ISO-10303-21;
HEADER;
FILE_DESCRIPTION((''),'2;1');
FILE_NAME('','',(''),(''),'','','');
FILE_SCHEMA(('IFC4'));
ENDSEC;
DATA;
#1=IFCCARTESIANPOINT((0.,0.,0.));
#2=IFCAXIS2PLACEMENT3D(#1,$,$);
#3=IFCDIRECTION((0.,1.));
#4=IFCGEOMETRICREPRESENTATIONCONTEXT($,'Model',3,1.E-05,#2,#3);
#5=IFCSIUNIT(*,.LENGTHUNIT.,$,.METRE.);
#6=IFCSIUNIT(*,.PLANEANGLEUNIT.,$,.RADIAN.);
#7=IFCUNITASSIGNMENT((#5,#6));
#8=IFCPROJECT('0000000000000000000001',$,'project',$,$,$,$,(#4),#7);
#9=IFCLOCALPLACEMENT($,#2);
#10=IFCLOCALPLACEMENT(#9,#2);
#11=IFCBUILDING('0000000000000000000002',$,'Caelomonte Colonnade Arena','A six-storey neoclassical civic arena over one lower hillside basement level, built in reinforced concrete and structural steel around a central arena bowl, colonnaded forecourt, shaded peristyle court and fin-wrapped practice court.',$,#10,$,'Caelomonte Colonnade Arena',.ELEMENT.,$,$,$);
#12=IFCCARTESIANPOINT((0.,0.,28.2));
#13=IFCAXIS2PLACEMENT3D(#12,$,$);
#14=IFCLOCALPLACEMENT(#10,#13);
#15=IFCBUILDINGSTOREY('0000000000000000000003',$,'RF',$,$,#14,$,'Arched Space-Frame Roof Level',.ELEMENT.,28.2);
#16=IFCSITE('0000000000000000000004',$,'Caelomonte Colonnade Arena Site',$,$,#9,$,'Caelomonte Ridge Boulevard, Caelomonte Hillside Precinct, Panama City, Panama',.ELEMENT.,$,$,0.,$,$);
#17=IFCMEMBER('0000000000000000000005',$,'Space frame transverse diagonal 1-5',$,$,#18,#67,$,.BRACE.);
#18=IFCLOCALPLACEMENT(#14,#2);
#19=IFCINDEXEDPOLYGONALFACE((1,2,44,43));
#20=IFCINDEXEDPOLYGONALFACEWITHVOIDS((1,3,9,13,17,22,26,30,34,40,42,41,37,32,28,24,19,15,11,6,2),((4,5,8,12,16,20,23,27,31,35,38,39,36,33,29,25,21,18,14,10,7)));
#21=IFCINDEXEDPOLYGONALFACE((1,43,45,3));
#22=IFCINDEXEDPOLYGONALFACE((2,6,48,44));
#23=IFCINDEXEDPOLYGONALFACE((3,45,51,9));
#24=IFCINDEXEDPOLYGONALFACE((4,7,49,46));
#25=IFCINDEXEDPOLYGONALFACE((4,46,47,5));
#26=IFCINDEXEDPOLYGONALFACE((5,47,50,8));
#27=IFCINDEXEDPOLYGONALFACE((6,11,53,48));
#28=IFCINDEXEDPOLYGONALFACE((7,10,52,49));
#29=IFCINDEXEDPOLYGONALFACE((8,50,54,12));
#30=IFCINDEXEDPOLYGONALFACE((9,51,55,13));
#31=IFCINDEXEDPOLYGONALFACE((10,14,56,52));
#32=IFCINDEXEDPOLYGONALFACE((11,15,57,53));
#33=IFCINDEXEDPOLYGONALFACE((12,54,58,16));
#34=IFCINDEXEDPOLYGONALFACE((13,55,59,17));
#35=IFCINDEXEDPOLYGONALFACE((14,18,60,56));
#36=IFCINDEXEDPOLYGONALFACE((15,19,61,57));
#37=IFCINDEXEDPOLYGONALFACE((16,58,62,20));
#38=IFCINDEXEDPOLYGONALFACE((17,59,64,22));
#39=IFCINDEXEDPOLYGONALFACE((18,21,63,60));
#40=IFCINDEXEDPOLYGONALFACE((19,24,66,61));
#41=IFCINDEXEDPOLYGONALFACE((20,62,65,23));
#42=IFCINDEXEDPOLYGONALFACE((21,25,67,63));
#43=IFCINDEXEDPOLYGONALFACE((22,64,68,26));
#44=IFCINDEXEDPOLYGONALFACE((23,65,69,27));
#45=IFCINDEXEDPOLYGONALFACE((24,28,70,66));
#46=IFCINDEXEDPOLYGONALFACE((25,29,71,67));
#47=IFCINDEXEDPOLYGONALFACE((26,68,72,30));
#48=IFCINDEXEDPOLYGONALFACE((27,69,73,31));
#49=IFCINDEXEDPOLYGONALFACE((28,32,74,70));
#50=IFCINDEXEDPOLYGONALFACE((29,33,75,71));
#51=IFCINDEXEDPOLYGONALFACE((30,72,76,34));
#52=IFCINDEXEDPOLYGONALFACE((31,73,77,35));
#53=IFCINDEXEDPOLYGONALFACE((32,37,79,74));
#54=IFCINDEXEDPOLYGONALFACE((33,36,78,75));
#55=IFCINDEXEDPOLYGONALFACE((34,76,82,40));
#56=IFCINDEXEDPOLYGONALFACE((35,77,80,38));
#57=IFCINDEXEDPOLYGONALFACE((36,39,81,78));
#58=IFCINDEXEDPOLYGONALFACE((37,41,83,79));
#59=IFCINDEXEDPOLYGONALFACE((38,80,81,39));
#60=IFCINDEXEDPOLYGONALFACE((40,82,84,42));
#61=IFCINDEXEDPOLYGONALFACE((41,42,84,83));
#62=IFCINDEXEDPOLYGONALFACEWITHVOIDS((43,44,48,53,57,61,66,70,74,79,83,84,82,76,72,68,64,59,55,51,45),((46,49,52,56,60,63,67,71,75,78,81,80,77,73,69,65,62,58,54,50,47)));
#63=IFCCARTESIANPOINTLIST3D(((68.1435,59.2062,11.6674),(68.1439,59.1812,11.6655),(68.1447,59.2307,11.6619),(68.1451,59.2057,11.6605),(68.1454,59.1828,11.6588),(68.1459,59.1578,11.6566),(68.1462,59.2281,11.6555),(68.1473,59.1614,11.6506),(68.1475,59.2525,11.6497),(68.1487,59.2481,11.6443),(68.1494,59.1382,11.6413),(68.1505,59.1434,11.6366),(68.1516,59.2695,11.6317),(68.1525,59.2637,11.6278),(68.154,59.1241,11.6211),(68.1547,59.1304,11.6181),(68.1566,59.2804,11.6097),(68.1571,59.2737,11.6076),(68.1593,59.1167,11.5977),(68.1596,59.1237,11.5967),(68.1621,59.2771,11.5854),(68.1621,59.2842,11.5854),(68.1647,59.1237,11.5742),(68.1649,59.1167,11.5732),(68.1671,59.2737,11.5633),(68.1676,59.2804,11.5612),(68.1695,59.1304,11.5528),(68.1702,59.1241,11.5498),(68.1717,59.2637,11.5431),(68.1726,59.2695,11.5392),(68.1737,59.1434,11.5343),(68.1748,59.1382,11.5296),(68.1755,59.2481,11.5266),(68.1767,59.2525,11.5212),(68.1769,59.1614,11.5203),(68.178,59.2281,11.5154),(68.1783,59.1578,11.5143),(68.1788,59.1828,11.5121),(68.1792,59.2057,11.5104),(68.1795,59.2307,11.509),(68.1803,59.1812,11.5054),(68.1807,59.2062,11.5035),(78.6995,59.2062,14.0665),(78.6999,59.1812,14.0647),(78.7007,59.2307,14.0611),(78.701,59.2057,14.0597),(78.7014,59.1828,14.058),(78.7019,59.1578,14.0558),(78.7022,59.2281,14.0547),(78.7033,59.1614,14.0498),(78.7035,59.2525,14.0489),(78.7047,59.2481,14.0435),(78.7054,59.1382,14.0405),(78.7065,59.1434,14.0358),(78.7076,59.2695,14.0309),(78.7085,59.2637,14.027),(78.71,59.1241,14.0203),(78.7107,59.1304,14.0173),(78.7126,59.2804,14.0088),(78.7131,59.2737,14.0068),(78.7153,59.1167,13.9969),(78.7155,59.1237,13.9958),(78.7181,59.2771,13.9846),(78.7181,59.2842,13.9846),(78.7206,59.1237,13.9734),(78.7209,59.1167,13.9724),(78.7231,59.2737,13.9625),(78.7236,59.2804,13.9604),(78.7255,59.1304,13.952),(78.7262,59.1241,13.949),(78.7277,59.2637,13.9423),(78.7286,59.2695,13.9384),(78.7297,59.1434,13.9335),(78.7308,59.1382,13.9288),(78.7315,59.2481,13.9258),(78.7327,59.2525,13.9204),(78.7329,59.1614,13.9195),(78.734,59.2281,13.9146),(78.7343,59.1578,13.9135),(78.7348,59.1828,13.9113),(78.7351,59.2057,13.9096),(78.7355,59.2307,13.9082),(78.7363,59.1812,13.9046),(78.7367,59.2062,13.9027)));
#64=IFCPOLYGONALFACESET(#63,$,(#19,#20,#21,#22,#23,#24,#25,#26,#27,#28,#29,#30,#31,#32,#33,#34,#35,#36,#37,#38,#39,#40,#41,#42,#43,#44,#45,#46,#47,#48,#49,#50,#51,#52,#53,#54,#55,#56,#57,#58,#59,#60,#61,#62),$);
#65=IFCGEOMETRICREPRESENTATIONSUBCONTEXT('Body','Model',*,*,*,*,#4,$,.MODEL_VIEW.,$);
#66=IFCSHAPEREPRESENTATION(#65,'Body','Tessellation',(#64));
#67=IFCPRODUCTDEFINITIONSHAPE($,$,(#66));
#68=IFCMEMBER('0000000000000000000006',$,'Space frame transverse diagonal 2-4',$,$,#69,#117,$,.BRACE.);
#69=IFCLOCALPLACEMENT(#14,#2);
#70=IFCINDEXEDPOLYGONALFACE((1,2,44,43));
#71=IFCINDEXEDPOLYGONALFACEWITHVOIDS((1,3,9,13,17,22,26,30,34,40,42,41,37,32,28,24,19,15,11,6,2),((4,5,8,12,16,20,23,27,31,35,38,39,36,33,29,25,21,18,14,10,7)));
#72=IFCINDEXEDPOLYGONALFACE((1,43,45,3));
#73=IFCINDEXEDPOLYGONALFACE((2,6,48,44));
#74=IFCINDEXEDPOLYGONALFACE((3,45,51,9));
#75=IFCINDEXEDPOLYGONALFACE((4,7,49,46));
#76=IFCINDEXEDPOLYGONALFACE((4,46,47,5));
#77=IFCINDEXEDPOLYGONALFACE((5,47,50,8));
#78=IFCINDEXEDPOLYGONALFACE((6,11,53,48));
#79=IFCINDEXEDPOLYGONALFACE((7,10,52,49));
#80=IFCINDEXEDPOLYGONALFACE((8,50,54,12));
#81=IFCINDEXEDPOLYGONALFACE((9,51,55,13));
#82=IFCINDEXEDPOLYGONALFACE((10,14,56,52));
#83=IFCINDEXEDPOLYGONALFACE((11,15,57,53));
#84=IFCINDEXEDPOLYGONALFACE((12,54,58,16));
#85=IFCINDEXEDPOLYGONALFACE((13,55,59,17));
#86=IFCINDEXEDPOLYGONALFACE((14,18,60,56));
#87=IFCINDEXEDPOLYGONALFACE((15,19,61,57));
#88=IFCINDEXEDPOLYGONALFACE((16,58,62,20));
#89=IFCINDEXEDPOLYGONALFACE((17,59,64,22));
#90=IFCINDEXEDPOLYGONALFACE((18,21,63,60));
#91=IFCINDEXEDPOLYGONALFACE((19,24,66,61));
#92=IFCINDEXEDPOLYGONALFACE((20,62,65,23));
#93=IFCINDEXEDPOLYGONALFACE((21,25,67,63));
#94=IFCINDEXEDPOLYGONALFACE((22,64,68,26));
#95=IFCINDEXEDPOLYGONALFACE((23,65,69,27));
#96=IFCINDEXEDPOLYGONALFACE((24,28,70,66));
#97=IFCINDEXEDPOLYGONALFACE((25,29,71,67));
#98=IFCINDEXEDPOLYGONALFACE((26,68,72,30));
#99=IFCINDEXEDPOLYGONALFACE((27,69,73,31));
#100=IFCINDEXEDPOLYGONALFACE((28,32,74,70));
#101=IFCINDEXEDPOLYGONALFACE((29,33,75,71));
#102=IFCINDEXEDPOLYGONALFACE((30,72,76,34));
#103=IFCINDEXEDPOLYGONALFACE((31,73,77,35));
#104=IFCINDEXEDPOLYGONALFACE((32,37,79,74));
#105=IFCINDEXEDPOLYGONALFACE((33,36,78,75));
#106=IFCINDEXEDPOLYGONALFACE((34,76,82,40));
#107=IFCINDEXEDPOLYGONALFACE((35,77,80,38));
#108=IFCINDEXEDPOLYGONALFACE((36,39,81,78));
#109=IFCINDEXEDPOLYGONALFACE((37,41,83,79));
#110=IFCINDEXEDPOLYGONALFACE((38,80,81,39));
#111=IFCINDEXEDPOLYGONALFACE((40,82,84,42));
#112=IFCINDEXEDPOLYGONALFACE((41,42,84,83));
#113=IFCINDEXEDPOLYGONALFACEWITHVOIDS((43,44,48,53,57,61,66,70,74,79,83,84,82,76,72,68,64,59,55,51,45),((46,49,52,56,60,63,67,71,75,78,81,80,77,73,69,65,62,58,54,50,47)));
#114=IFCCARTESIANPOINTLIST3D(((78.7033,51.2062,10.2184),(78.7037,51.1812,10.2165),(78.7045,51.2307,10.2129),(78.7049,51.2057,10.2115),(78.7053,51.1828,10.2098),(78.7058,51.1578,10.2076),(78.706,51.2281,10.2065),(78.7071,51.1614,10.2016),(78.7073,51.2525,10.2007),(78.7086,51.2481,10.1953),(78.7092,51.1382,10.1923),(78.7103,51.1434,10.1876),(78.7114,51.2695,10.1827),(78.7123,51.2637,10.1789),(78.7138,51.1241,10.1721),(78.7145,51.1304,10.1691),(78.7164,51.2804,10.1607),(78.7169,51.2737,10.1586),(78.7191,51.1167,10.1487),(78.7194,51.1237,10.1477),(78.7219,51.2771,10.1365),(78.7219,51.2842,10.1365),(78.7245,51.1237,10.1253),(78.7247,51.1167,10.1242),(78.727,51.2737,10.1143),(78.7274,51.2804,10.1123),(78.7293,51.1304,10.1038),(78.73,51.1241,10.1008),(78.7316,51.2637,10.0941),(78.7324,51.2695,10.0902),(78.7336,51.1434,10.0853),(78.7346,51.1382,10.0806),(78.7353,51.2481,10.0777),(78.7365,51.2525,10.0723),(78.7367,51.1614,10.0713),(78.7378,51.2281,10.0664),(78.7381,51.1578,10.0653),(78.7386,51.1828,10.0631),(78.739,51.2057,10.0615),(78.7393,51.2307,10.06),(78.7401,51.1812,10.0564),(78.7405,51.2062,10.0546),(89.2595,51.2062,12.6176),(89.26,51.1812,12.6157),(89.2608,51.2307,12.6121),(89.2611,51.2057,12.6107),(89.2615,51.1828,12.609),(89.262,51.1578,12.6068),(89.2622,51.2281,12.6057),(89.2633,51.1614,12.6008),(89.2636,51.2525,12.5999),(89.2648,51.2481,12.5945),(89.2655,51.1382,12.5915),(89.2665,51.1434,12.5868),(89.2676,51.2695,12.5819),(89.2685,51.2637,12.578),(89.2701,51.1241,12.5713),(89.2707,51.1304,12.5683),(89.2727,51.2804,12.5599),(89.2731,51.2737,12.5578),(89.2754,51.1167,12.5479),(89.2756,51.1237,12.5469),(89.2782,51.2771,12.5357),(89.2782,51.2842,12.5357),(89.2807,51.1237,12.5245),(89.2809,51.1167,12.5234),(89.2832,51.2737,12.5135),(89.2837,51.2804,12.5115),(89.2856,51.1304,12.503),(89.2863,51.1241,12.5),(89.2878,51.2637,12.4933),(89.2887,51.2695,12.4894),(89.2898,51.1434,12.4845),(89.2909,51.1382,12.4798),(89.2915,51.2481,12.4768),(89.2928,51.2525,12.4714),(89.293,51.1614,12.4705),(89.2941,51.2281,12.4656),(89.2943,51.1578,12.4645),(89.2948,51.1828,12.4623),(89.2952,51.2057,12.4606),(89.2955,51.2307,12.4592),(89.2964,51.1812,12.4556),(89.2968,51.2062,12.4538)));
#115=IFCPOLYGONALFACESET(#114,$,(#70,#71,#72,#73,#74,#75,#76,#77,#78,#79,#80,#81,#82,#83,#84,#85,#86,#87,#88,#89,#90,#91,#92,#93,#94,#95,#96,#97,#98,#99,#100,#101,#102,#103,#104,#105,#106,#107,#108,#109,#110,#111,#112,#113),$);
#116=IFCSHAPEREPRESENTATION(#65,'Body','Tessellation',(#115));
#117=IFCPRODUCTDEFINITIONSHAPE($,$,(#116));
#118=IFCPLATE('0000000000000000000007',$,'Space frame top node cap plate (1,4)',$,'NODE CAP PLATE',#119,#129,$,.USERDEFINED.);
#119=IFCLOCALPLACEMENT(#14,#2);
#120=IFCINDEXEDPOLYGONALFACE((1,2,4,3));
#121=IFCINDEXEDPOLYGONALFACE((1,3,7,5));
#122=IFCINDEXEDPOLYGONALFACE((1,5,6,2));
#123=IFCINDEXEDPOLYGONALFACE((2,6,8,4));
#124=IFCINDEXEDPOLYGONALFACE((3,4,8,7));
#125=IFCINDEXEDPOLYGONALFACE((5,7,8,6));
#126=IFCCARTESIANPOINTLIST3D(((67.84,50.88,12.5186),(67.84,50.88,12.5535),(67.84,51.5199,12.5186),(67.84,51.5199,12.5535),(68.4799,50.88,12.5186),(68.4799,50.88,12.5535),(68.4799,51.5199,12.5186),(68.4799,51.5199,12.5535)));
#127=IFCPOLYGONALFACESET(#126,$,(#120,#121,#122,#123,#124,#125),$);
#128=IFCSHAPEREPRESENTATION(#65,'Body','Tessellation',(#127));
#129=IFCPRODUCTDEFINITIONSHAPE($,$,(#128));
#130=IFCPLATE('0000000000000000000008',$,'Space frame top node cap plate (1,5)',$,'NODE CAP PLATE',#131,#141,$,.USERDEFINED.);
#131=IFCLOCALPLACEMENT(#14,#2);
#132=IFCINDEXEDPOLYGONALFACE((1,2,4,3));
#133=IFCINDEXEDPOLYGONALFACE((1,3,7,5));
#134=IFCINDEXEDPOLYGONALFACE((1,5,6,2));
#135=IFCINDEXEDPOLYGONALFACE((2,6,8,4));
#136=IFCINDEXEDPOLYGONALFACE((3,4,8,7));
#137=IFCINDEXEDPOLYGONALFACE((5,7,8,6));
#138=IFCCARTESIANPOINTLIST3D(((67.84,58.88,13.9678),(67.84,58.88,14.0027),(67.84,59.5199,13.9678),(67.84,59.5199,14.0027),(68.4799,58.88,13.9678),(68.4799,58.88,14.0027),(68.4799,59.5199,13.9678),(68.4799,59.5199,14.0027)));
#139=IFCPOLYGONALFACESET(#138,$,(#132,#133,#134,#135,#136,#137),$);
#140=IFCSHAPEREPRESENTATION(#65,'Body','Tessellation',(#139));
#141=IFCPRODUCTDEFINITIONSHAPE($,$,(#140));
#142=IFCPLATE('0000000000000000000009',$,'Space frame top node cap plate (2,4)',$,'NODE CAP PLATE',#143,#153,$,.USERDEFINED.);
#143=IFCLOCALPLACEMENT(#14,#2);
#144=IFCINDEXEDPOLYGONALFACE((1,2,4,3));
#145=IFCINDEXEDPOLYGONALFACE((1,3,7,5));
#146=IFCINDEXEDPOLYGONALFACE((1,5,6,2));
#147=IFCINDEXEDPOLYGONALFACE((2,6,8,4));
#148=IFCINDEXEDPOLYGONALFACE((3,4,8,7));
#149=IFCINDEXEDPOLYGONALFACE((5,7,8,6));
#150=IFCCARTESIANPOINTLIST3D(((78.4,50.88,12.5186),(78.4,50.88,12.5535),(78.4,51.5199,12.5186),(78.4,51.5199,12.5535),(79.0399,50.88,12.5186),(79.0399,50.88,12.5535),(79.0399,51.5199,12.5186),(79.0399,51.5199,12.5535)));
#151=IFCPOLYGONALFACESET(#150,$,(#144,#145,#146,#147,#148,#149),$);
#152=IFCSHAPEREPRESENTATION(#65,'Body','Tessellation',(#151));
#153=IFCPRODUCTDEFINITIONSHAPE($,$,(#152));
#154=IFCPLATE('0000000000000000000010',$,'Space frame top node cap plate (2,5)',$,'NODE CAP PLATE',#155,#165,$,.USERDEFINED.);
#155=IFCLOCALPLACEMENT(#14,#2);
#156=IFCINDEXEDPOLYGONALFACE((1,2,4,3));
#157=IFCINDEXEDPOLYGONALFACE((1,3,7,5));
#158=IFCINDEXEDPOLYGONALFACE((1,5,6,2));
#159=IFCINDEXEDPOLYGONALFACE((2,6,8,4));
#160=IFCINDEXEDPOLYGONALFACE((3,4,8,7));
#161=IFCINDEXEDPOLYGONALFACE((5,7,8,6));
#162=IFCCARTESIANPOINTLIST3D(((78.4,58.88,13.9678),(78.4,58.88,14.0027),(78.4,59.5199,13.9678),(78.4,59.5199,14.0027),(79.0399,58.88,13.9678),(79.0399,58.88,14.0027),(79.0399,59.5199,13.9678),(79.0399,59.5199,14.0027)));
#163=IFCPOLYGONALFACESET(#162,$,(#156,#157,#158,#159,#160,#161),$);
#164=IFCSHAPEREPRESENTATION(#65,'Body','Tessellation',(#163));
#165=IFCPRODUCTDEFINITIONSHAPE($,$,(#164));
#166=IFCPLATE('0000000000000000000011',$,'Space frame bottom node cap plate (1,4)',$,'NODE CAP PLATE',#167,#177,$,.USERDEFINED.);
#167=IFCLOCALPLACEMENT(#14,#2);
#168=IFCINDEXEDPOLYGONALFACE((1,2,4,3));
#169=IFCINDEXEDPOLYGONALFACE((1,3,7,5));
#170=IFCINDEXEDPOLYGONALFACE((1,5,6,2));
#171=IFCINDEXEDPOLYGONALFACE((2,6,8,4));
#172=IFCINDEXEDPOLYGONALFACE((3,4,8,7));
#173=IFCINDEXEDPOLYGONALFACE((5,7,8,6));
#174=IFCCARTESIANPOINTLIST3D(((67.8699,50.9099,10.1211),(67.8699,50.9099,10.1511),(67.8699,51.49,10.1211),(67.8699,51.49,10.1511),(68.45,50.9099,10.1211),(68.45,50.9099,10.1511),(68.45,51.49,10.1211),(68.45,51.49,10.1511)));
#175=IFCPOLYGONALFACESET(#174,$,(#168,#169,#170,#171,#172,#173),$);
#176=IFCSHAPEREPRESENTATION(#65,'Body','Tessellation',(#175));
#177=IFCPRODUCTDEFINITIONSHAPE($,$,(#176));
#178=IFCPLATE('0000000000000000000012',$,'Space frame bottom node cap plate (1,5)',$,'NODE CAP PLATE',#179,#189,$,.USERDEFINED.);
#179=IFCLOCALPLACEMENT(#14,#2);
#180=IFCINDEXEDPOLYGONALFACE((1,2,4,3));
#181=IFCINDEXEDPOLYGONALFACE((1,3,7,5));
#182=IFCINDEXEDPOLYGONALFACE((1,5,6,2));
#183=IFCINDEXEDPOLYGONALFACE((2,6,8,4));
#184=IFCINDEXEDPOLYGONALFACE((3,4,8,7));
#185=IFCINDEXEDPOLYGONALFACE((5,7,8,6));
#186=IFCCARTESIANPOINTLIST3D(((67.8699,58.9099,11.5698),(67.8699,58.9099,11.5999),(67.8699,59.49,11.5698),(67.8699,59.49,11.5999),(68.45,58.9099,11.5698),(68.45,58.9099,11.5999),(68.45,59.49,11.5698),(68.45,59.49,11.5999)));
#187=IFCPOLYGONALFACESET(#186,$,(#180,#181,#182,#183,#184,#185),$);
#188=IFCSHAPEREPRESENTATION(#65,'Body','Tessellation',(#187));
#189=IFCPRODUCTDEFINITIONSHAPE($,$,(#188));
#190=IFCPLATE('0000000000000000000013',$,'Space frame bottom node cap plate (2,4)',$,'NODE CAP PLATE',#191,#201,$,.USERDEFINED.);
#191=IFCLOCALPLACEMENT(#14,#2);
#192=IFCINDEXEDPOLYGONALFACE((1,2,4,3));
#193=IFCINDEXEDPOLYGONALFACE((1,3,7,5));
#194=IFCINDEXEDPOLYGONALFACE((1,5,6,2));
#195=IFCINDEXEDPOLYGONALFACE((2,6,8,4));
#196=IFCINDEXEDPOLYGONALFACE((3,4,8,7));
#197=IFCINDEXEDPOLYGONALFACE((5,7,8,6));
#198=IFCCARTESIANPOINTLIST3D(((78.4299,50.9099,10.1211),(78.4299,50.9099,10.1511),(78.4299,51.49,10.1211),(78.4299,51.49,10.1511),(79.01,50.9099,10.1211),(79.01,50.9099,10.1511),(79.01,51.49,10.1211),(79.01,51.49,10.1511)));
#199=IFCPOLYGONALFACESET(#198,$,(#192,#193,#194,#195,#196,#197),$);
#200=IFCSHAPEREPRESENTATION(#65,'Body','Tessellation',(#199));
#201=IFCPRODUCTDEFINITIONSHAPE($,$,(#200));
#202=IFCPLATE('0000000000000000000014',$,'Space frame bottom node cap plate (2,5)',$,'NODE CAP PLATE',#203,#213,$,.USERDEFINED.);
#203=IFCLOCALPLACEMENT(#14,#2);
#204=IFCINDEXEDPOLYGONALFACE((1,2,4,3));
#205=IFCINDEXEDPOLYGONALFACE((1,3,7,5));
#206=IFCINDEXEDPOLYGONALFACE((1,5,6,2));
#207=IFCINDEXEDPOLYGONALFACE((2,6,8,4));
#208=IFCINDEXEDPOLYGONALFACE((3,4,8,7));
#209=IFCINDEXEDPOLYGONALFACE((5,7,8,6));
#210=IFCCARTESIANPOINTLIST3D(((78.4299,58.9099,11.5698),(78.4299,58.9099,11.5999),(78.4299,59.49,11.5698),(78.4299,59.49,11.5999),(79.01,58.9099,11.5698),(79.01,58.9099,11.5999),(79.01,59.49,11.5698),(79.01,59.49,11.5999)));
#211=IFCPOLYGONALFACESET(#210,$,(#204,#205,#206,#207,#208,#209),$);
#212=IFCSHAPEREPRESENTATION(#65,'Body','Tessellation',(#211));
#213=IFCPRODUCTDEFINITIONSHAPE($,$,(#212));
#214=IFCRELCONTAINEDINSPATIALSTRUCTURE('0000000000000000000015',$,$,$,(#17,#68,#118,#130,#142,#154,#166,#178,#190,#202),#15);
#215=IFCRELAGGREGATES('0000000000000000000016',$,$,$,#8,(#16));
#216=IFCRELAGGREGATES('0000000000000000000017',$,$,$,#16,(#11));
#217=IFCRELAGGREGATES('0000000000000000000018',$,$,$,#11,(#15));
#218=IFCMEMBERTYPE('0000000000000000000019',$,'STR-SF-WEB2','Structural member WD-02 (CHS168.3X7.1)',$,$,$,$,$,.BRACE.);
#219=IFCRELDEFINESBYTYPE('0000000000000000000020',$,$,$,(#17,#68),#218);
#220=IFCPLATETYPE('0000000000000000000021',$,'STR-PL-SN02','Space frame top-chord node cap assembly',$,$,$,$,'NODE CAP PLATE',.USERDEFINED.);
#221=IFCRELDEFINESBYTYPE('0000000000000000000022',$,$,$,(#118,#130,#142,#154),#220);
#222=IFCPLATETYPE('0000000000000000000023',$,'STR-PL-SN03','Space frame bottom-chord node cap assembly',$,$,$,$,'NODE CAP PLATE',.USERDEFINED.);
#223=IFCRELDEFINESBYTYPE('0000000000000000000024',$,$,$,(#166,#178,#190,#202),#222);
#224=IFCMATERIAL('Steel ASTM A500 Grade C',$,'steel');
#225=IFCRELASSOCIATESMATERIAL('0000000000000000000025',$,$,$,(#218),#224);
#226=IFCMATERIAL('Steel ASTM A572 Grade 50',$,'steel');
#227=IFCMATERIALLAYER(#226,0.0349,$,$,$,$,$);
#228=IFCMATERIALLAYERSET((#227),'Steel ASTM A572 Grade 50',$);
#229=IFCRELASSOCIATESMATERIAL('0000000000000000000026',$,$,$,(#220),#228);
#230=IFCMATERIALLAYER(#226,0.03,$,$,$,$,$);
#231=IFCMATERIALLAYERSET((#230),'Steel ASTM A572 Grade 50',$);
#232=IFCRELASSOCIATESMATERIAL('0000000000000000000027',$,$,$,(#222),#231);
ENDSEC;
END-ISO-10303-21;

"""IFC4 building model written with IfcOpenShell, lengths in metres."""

from ifc_helpers import new_model, si_unit, direction, frame, origin, origin_2d, place, context, subcontext, project, spatial, rectangle, hollow_circle, extrude, material, layer, layer_set, material_profile, profile_set, type_object, element, save


model = new_model("IFC4")

# Units and contexts
model_context = context("Model", 3, precision=1e-05, world=origin(), true_north=direction((0.0, 1.0)))
body_context = subcontext(model_context, "Body", "Model", "MODEL_VIEW")
ifc_project = project(units=[si_unit("LENGTHUNIT", "METRE"), si_unit("PLANEANGLEUNIT", "RADIAN")], contexts=[model_context])

# Site, building, storey
site_placement = place(None, origin())
site = spatial("IfcSite", under=ifc_project, at=site_placement, Name="Caelomonte Colonnade Arena Site", LongName="Caelomonte Ridge Boulevard, Caelomonte Hillside Precinct, Panama City, Panama", CompositionType="ELEMENT", RefElevation=0.0)
building_placement = place(site_placement, origin())
building = spatial("IfcBuilding", under=site, at=building_placement, Name="Caelomonte Colonnade Arena", Description="A six-storey neoclassical civic arena over one lower hillside basement level, built in reinforced concrete and structural steel around a central arena bowl, colonnaded forecourt, shaded peristyle court and fin-wrapped practice court.", LongName="Caelomonte Colonnade Arena", CompositionType="ELEMENT")
storey_placement = place(building_placement, frame((0.0, 0.0, 28.2)))
storey = spatial("IfcBuildingStorey", under=building, at=storey_placement, Name="RF", LongName="Arched Space-Frame Roof Level", CompositionType="ELEMENT", Elevation=28.2)

# Members
ifc_material_1 = material(Name="Steel ASTM A500 Grade C", Category="steel")
ifc_material_profile_1 = material_profile(ifc_material_1, hollow_circle(Radius=0.0842, WallThickness=0.0071, at=origin_2d()), Name="CHS168.3X7.1")
ifc_profile_set_1 = profile_set([ifc_material_profile_1], Name="Steel ASTM A500 Grade C")
member_type_1 = type_object("IfcMemberType", Name="STR-SF-WEB2", Description="Structural member WD-02 (CHS168.3X7.1)", PredefinedType="BRACE", material=ifc_profile_set_1)
member_1_placement = place(storey_placement, frame((68.1621, 59.2, 11.5854), z_axis=(0.975131, 0.0, 0.22163), x_axis=(0.0, 1.0, 0.0)))
element("IfcMember", 1, at=member_1_placement, inside=storey, type_object=member_type_1, Name="Space frame transverse diagonal 1-5", PredefinedType="BRACE", context=body_context, shape_type="SweptSolid", body=[
    extrude(hollow_circle(Radius=0.0842, WallThickness=0.0071, at=origin_2d()), origin(), (0.0, 0.0, 1.0), 10.8252),
])
member_2_placement = place(storey_placement, frame((78.7219, 51.2, 10.1365), z_axis=(0.975132, 0.0, 0.221625), x_axis=(0.0, 1.0, 0.0)))
element("IfcMember", 2, at=member_2_placement, inside=storey, type_object=member_type_1, Name="Space frame transverse diagonal 2-4", PredefinedType="BRACE", context=body_context, shape_type="SweptSolid", body=[
    extrude(hollow_circle(Radius=0.0842, WallThickness=0.0071, at=origin_2d()), origin(), (0.0, 0.0, 1.0), 10.8254),
])

# Plates
ifc_material_2 = material(Name="Steel ASTM A572 Grade 50", Category="steel")
ifc_layer_1 = layer(ifc_material_2, 0.0349)
ifc_layer_set_1 = layer_set([ifc_layer_1], Name="Steel ASTM A572 Grade 50")
plate_type_1 = type_object("IfcPlateType", Name="STR-PL-SN02", Description="Space frame top-chord node cap assembly", ElementType="NODE CAP PLATE", PredefinedType="USERDEFINED", material=ifc_layer_set_1)
for number, where, z_axis, x_axis, name in (
    (3, (68.1599, 51.2, 12.5186), (0.0, 0.0, 1.0), (1.0, 0.0, 0.0), "Space frame top node cap plate (1,4)"),
    (4, (68.1599, 59.2, 13.9678), (0.0, 0.0, 1.0), (1.0, 0.0, 0.0), "Space frame top node cap plate (1,5)"),
    (5, (78.72, 51.2, 12.5186), (0.0, 0.0, 1.0), (1.0, 0.0, 0.0), "Space frame top node cap plate (2,4)"),
    (6, (78.72, 59.2, 13.9678), (0.0, 0.0, 1.0), (1.0, 0.0, 0.0), "Space frame top node cap plate (2,5)"),
):
    element("IfcPlate", number, at=place(storey_placement, frame(where, z_axis=z_axis, x_axis=x_axis)), inside=storey, type_object=plate_type_1, Name=name, ObjectType="NODE CAP PLATE", PredefinedType="USERDEFINED", context=body_context, shape_type="SweptSolid", body=[
        extrude(rectangle(XDim=0.6399, YDim=0.6399, at=origin_2d()), origin(), (0.0, 0.0, 1.0), 0.0349),
    ])
ifc_layer_2 = layer(ifc_material_2, 0.03)
ifc_layer_set_2 = layer_set([ifc_layer_2], Name="Steel ASTM A572 Grade 50")
plate_type_2 = type_object("IfcPlateType", Name="STR-PL-SN03", Description="Space frame bottom-chord node cap assembly", ElementType="NODE CAP PLATE", PredefinedType="USERDEFINED", material=ifc_layer_set_2)
for number, where, z_axis, x_axis, name in (
    (7, (68.1599, 51.2, 10.1211), (0.0, 0.0, 1.0), (1.0, 0.0, 0.0), "Space frame bottom node cap plate (1,4)"),
    (8, (68.1599, 59.2, 11.5698), (0.0, 0.0, 1.0), (1.0, 0.0, 0.0), "Space frame bottom node cap plate (1,5)"),
    (9, (78.72, 51.2, 10.1211), (0.0, 0.0, 1.0), (1.0, 0.0, 0.0), "Space frame bottom node cap plate (2,4)"),
    (10, (78.72, 59.2, 11.5698), (0.0, 0.0, 1.0), (1.0, 0.0, 0.0), "Space frame bottom node cap plate (2,5)"),
):
    element("IfcPlate", number, at=place(storey_placement, frame(where, z_axis=z_axis, x_axis=x_axis)), inside=storey, type_object=plate_type_2, Name=name, ObjectType="NODE CAP PLATE", PredefinedType="USERDEFINED", context=body_context, shape_type="SweptSolid", body=[
        extrude(rectangle(XDim=0.5801, YDim=0.5801, at=origin_2d()), origin(), (0.0, 0.0, 1.0), 0.03),
    ])

save(model, "model.ifc")
